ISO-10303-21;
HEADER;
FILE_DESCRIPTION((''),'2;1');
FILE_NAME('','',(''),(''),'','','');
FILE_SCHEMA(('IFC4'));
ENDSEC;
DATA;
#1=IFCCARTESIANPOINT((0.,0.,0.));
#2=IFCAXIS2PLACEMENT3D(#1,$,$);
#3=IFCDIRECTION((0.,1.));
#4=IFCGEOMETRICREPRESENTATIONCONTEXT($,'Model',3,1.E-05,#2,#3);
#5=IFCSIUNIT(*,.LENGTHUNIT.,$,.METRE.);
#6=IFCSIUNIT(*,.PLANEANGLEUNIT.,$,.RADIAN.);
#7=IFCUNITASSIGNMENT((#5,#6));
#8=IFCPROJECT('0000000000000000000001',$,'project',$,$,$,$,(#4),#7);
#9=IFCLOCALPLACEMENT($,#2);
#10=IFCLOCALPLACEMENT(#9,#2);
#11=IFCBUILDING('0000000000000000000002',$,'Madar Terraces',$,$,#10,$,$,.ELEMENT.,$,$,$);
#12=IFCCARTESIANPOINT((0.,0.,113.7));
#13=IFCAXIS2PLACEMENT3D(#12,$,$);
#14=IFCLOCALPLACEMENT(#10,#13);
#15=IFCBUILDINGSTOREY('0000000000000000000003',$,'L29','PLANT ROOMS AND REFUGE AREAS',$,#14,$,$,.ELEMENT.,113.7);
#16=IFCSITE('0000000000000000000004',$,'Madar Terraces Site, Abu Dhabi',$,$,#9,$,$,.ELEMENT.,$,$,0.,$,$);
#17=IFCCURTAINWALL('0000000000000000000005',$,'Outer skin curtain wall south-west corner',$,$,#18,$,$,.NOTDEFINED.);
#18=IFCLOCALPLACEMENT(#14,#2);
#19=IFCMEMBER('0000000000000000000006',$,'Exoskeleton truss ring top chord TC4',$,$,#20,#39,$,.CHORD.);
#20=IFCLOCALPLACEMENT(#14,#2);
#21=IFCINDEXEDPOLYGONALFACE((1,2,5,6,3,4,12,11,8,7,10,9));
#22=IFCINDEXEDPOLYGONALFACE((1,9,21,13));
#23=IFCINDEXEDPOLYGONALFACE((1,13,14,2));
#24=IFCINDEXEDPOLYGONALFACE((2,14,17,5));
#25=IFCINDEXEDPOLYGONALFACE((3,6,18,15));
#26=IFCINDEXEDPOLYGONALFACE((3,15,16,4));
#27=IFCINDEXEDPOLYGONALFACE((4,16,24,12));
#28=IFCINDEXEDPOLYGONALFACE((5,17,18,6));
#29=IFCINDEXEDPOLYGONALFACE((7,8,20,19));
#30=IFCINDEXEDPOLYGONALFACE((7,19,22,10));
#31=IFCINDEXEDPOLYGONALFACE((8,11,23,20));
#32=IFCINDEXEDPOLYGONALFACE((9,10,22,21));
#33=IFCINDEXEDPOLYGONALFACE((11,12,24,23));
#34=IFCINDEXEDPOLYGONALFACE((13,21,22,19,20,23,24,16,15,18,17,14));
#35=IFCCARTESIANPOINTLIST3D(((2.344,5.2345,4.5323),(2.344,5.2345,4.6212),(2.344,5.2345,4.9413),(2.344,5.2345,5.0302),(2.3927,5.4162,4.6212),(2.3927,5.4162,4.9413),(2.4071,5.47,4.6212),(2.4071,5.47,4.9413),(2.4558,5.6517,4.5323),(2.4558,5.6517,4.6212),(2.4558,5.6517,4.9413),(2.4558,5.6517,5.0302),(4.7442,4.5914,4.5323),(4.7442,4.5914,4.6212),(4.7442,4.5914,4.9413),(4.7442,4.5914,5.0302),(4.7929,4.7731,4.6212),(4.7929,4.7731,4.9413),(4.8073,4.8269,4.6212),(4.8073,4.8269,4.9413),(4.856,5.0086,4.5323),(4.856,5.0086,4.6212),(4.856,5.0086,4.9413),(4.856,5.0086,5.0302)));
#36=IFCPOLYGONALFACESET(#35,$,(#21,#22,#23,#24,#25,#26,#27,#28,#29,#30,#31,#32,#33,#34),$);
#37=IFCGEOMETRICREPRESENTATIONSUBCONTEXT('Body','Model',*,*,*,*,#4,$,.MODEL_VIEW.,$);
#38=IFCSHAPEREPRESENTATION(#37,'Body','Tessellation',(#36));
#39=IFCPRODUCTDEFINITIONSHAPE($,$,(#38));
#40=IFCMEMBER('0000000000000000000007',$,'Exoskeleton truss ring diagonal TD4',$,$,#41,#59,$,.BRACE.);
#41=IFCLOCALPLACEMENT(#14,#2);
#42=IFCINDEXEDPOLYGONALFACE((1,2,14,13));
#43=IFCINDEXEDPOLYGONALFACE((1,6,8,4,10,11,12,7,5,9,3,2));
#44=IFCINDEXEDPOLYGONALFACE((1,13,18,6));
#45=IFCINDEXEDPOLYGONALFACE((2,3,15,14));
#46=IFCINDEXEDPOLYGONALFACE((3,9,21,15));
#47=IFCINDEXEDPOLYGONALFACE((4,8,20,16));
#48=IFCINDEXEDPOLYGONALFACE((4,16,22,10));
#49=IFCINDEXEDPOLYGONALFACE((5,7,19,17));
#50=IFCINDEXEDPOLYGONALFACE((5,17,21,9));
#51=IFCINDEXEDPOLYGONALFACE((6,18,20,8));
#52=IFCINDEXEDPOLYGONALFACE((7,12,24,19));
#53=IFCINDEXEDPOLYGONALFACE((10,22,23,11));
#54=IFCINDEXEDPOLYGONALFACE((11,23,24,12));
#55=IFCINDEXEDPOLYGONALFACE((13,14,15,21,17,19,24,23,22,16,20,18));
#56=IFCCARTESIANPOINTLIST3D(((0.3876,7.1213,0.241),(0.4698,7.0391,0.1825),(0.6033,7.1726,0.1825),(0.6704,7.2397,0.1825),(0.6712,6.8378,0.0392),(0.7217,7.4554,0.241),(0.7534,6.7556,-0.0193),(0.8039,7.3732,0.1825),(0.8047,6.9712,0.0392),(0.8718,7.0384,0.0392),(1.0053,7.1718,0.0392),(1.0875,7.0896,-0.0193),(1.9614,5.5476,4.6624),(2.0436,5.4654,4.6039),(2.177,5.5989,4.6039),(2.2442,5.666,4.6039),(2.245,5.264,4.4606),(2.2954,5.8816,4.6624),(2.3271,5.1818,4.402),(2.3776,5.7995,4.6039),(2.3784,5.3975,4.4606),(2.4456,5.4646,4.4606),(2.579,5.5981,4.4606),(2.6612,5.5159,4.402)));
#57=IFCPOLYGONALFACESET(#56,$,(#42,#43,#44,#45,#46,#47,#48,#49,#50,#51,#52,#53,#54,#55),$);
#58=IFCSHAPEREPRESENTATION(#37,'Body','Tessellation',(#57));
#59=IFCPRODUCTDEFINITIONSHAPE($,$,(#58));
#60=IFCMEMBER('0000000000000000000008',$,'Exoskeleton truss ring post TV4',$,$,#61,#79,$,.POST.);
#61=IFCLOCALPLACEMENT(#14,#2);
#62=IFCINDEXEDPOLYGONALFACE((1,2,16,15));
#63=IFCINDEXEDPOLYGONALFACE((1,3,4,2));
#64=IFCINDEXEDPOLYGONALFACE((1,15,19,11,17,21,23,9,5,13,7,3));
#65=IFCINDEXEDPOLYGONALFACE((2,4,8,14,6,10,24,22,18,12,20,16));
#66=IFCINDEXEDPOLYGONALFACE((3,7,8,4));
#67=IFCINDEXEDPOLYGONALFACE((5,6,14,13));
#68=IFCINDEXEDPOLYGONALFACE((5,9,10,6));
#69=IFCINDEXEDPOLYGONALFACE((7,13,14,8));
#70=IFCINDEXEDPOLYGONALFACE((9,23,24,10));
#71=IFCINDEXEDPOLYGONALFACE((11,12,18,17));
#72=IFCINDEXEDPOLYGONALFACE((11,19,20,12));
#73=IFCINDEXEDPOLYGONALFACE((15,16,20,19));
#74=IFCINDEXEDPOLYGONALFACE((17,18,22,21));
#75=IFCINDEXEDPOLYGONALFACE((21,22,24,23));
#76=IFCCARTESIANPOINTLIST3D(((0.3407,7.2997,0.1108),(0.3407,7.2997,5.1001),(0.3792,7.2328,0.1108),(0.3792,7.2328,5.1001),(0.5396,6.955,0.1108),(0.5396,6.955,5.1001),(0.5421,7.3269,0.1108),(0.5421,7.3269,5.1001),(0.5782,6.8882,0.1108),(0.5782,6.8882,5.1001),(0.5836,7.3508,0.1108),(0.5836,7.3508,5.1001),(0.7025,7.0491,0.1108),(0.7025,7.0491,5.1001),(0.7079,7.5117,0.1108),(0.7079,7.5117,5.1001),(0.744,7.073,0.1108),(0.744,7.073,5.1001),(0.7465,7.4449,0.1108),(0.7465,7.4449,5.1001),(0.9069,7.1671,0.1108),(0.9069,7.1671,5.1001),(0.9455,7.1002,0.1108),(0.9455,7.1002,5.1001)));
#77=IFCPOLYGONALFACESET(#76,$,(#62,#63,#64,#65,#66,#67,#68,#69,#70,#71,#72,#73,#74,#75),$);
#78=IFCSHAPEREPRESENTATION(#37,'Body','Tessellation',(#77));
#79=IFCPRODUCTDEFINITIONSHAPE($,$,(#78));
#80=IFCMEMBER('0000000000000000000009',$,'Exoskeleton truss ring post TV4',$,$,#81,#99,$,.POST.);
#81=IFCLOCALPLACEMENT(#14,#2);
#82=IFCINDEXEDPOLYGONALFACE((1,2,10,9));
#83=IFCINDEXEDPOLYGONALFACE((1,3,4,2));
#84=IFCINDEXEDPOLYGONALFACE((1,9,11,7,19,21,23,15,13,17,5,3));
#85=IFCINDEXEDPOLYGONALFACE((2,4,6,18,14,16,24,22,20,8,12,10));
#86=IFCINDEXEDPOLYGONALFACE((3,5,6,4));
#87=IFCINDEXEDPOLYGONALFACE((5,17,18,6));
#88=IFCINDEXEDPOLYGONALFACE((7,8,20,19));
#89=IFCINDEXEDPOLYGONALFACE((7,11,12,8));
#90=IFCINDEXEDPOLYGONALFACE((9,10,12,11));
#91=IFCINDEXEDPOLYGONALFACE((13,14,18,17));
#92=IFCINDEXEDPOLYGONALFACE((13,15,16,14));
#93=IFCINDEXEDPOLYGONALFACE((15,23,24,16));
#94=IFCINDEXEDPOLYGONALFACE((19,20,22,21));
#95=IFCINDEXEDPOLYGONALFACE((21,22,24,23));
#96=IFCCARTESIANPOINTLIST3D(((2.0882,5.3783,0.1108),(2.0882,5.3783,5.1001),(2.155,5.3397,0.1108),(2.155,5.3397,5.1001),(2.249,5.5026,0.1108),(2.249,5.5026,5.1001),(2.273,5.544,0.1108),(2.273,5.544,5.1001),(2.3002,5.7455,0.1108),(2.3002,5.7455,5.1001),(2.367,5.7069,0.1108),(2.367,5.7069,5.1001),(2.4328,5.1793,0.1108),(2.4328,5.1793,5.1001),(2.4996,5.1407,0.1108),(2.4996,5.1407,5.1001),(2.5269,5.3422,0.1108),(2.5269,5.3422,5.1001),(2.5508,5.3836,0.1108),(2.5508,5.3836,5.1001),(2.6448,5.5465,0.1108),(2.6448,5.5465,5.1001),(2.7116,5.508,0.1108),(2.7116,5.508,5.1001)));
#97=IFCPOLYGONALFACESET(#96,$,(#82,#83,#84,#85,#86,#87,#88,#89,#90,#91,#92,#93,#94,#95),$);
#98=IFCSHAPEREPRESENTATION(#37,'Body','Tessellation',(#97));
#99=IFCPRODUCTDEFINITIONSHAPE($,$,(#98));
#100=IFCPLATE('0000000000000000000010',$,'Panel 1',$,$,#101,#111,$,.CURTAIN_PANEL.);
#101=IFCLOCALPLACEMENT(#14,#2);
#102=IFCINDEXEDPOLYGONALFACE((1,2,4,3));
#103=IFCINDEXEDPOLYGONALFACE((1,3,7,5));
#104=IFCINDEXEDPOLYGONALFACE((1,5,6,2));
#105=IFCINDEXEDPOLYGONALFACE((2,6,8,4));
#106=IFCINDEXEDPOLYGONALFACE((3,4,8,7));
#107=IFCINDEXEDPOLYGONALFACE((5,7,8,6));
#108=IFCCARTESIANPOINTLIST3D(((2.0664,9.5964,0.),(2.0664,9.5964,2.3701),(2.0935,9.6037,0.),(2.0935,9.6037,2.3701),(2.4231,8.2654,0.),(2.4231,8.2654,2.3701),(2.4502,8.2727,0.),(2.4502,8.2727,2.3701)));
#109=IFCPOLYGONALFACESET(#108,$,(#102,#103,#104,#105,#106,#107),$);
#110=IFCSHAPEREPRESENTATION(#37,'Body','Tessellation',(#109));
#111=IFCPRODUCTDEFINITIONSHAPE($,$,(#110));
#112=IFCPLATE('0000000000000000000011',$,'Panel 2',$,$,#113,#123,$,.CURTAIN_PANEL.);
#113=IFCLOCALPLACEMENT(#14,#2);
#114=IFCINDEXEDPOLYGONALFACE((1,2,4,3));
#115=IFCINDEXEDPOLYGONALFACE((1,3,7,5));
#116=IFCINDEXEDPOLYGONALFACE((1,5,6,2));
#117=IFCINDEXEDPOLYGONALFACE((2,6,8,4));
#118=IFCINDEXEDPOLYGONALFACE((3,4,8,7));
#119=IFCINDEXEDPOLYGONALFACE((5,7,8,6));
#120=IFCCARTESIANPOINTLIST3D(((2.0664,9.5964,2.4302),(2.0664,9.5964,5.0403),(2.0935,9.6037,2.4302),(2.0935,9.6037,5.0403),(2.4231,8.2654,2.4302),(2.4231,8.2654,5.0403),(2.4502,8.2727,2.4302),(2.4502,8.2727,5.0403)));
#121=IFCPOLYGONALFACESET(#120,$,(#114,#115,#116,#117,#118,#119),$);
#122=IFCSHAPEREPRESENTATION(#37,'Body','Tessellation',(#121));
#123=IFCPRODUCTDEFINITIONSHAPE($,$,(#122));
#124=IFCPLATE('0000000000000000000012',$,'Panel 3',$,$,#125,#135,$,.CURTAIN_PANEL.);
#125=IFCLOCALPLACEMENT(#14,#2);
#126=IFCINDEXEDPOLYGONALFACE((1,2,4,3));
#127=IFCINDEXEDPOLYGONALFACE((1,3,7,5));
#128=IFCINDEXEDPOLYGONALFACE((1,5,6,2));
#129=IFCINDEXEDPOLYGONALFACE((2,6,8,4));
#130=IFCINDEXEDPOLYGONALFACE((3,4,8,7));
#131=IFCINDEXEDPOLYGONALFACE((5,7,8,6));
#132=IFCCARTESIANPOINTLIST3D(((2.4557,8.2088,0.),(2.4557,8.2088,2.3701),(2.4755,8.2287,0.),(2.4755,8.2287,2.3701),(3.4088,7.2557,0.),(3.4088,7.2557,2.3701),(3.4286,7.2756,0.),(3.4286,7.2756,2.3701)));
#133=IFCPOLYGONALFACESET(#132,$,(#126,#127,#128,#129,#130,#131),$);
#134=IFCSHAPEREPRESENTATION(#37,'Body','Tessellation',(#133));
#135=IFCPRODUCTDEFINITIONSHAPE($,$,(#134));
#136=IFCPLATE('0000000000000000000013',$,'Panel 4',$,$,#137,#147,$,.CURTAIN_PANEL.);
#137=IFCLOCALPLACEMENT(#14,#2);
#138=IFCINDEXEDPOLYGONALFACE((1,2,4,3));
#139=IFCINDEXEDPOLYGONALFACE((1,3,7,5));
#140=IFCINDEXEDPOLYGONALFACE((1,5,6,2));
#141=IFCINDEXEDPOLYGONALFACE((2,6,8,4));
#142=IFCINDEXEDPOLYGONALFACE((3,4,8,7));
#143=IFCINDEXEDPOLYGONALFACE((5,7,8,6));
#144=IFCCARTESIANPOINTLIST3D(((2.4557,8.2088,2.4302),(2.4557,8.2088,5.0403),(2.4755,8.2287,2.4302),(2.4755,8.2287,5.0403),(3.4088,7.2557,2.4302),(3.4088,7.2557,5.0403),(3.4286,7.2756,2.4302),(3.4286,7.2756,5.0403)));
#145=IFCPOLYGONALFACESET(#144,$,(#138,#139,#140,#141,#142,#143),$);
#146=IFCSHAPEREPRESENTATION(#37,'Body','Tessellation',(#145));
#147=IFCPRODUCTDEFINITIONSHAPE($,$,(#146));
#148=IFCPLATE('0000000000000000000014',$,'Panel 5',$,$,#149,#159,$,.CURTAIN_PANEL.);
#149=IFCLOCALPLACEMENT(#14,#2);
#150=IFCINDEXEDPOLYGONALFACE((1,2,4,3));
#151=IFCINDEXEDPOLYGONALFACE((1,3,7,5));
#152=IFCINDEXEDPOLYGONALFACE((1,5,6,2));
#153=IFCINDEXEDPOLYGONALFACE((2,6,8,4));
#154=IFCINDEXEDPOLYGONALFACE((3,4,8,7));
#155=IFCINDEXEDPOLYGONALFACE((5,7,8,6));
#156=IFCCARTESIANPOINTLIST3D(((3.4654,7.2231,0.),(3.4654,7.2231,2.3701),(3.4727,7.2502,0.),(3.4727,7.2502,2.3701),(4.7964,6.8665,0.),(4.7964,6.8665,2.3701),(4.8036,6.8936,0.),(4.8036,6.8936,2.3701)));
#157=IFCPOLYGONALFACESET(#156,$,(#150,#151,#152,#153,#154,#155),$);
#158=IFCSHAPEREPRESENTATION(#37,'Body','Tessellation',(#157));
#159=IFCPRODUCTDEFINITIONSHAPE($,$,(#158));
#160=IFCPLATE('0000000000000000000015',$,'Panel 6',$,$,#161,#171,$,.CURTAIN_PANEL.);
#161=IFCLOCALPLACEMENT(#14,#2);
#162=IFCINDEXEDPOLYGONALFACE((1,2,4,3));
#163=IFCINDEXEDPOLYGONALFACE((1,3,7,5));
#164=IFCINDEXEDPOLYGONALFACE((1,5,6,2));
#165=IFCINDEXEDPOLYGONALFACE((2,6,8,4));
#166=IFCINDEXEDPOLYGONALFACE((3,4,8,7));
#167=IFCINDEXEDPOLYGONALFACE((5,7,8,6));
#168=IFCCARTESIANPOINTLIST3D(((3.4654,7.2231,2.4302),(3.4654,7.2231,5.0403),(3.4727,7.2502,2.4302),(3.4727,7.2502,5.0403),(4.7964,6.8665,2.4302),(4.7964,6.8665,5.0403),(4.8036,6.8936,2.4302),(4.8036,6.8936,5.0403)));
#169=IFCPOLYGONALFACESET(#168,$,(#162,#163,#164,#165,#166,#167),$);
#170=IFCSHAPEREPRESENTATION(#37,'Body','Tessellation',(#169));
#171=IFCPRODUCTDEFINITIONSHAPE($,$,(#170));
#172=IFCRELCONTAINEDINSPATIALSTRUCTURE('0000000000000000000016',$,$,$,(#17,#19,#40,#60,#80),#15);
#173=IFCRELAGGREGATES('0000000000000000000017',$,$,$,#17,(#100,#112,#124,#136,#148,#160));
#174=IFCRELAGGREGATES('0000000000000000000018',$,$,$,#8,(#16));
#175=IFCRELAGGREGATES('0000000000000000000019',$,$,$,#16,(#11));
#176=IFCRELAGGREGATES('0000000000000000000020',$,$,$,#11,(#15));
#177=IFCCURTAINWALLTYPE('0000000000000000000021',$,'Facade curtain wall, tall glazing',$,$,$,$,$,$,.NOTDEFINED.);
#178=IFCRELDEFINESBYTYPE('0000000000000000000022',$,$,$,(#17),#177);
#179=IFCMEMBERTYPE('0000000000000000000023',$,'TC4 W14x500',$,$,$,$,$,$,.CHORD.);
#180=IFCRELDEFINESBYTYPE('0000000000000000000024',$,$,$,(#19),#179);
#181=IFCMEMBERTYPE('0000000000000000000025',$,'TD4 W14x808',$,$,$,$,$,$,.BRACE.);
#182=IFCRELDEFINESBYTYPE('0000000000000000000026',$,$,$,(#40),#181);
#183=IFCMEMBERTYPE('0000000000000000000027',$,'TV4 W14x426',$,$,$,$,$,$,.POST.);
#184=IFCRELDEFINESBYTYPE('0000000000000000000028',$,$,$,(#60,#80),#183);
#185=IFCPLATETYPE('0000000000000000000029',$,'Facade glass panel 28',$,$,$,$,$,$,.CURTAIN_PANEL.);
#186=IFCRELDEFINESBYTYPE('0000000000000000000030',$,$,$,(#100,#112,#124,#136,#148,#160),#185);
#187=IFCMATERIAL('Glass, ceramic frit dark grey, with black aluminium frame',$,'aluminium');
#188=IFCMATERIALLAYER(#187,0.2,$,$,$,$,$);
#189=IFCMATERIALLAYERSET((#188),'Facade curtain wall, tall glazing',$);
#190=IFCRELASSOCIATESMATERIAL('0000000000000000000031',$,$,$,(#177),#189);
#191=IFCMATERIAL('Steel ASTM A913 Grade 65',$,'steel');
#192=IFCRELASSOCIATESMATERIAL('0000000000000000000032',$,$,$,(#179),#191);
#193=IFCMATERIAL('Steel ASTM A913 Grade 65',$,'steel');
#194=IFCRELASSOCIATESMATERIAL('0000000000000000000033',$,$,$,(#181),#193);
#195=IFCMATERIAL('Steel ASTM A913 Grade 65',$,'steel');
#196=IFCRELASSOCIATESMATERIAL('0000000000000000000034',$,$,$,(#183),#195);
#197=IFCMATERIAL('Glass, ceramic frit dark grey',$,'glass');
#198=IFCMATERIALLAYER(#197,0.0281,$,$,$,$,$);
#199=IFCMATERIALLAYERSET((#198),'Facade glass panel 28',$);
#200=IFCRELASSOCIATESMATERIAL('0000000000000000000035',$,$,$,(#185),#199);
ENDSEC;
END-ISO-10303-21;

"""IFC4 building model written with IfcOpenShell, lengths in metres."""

from ifc_helpers import new_model, si_unit, direction, frame, origin, origin_2d, place, context, subcontext, project, spatial, rectangle, i_section, extrude, material, layer, layer_set, material_profile, profile_set, type_object, element, aggregate, save


model = new_model("IFC4")

# Units and contexts
model_context = context("Model", 3, precision=1e-05, world=origin(), true_north=direction((0.0, 1.0)))
body_context = subcontext(model_context, "Body", "Model", "MODEL_VIEW")
ifc_project = project(units=[si_unit("LENGTHUNIT", "METRE"), si_unit("PLANEANGLEUNIT", "RADIAN")], contexts=[model_context])

# Site, building, storey
site_placement = place(None, origin())
site = spatial("IfcSite", under=ifc_project, at=site_placement, Name="Madar Terraces Site, Abu Dhabi", CompositionType="ELEMENT", RefElevation=0.0)
building_placement = place(site_placement, origin())
building = spatial("IfcBuilding", under=site, at=building_placement, Name="Madar Terraces", CompositionType="ELEMENT")
storey_placement = place(building_placement, frame((0.0, 0.0, 113.7)))
storey = spatial("IfcBuildingStorey", under=building, at=storey_placement, Name="L29", Description="PLANT ROOMS AND REFUGE AREAS", CompositionType="ELEMENT", Elevation=113.7)

# Curtain wall
ifc_material_1 = material(Name="Glass, ceramic frit dark grey, with black aluminium frame", Category="aluminium")
ifc_layer_1 = layer(ifc_material_1, 0.2)
ifc_layer_set_1 = layer_set([ifc_layer_1], Name="Facade curtain wall, tall glazing")
curtain_wall_type = type_object("IfcCurtainWallType", Name="Facade curtain wall, tall glazing", PredefinedType="NOTDEFINED", material=ifc_layer_set_1)
curtain_wall_1_placement = place(storey_placement, origin())
curtain_wall_1 = element("IfcCurtainWall", 1, at=curtain_wall_1_placement, inside=storey, type_object=curtain_wall_type, Name="Outer skin curtain wall south-west corner", PredefinedType="NOTDEFINED")

# Members
ifc_material_2 = material(Name="Steel ASTM A913 Grade 65", Category="steel")
ifc_material_profile_1 = material_profile(ifc_material_2, i_section(OverallWidth=0.4319, OverallDepth=0.4978, WebThickness=0.0557, FlangeThickness=0.0889, at=origin_2d()), Name="W14x500")
ifc_profile_set_1 = profile_set([ifc_material_profile_1], Name="Steel ASTM A913 Grade 65")
member_type_1 = type_object("IfcMemberType", Name="TC4 W14x500", PredefinedType="CHORD", material=ifc_profile_set_1)
member_1_placement = place(storey_placement, frame((2.3999, 5.4431, 4.7812), z_axis=(0.965931, -0.2588, 0.0), x_axis=(0.2588, 0.965931, 0.0)))
element("IfcMember", 2, at=member_1_placement, inside=storey, type_object=member_type_1, Name="Exoskeleton truss ring top chord TC4", PredefinedType="CHORD", context=body_context, shape_type="SweptSolid", body=[
    extrude(i_section(OverallWidth=0.4319, OverallDepth=0.4978, WebThickness=0.0557, FlangeThickness=0.0889, at=origin_2d()), origin(), (0.0, 0.0, 1.0), 2.4849),
])
ifc_material_3 = material(Name="Steel ASTM A913 Grade 65", Category="steel")
ifc_material_profile_2 = material_profile(ifc_material_3, i_section(OverallWidth=0.4724, OverallDepth=0.5791, WebThickness=0.095, FlangeThickness=0.1301, at=origin_2d()), Name="W14x808")
ifc_profile_set_2 = profile_set([ifc_material_profile_2], Name="Steel ASTM A913 Grade 65")
member_type_2 = type_object("IfcMemberType", Name="TD4 W14x808", PredefinedType="BRACE", material=ifc_profile_set_2)
member_2_placement = place(storey_placement, frame((0.7375, 7.1055, 0.1108), z_axis=(0.317929, -0.317929, 0.89322), x_axis=(0.707107, 0.707107, 0.0)))
element("IfcMember", 3, at=member_2_placement, inside=storey, type_object=member_type_2, Name="Exoskeleton truss ring diagonal TD4", PredefinedType="BRACE", context=body_context, shape_type="SweptSolid", body=[
    extrude(i_section(OverallWidth=0.4724, OverallDepth=0.5791, WebThickness=0.095, FlangeThickness=0.1301, at=origin_2d()), origin(), (0.0, 0.0, 1.0), 4.95),
])
ifc_material_4 = material(Name="Steel ASTM A913 Grade 65", Category="steel")
ifc_material_profile_3 = material_profile(ifc_material_4, i_section(OverallWidth=0.4241, OverallDepth=0.4751, WebThickness=0.0479, FlangeThickness=0.0771, at=origin_2d()), Name="W14x426")
ifc_profile_set_3 = profile_set([ifc_material_profile_3], Name="Steel ASTM A913 Grade 65")
member_type_3 = type_object("IfcMemberType", Name="TV4 W14x426", PredefinedType="POST", material=ifc_profile_set_3)
for number, where, z_axis, x_axis, name in (
    (4, (0.6431, 7.2, 0.1108), (0.0, 0.0, 1.0), (0.866025, 0.5, 0.0), "Exoskeleton truss ring post TV4"),
    (5, (2.3999, 5.4431, 0.1108), (0.0, 0.0, 1.0), (0.5, 0.866025, 0.0), "Exoskeleton truss ring post TV4"),
):
    element("IfcMember", number, at=place(storey_placement, frame(where, z_axis=z_axis, x_axis=x_axis)), inside=storey, type_object=member_type_3, Name=name, PredefinedType="POST", context=body_context, shape_type="SweptSolid", body=[
        extrude(i_section(OverallWidth=0.4241, OverallDepth=0.4751, WebThickness=0.0479, FlangeThickness=0.0771, at=origin_2d()), origin(), (0.0, 0.0, 1.0), 4.9893),
    ])

# Plates
ifc_material_5 = material(Name="Glass, ceramic frit dark grey", Category="glass")
ifc_layer_2 = layer(ifc_material_5, 0.0281)
ifc_layer_set_2 = layer_set([ifc_layer_2], Name="Facade glass panel 28")
plate_type = type_object("IfcPlateType", Name="Facade glass panel 28", PredefinedType="CURTAIN_PANEL", material=ifc_layer_set_2)
plate_1_placement = place(storey_placement, frame((2.2583, 8.9346, 0.0), z_axis=(0.0, 0.0, 1.0), x_axis=(0.258819, -0.965926, 0.0)))
plate_1 = element("IfcPlate", 6, at=plate_1_placement, type_object=plate_type, Name="Panel 1", PredefinedType="CURTAIN_PANEL", context=body_context, shape_type="SweptSolid", body=[
    extrude(rectangle(XDim=1.3779, YDim=0.0281, at=origin_2d()), origin(), (0.0, 0.0, 1.0), 2.3701),
])
plate_2_placement = place(storey_placement, frame((2.2583, 8.9346, 2.4302), z_axis=(0.0, 0.0, 1.0), x_axis=(0.258819, -0.965926, 0.0)))
plate_2 = element("IfcPlate", 7, at=plate_2_placement, type_object=plate_type, Name="Panel 2", PredefinedType="CURTAIN_PANEL", context=body_context, shape_type="SweptSolid", body=[
    extrude(rectangle(XDim=1.3779, YDim=0.0281, at=origin_2d()), origin(), (0.0, 0.0, 1.0), 2.6101),
])
plate_3_placement = place(storey_placement, frame((2.9421, 7.7422, 0.0), z_axis=(0.0, 0.0, 1.0), x_axis=(0.707107, -0.707107, 0.0)))
plate_3 = element("IfcPlate", 8, at=plate_3_placement, type_object=plate_type, Name="Panel 3", PredefinedType="CURTAIN_PANEL", context=body_context, shape_type="SweptSolid", body=[
    extrude(rectangle(XDim=1.3479, YDim=0.0281, at=origin_2d()), origin(), (0.0, 0.0, 1.0), 2.3701),
])
plate_4_placement = place(storey_placement, frame((2.9421, 7.7422, 2.4302), z_axis=(0.0, 0.0, 1.0), x_axis=(0.707107, -0.707107, 0.0)))
plate_4 = element("IfcPlate", 9, at=plate_4_placement, type_object=plate_type, Name="Panel 4", PredefinedType="CURTAIN_PANEL", context=body_context, shape_type="SweptSolid", body=[
    extrude(rectangle(XDim=1.3479, YDim=0.0281, at=origin_2d()), origin(), (0.0, 0.0, 1.0), 2.6101),
])
plate_5_placement = place(storey_placement, frame((4.1345, 7.0583, 0.0), z_axis=(0.0, 0.0, 1.0), x_axis=(0.965926, -0.258819, 0.0)))
plate_5 = element("IfcPlate", 10, at=plate_5_placement, type_object=plate_type, Name="Panel 5", PredefinedType="CURTAIN_PANEL", context=body_context, shape_type="SweptSolid", body=[
    extrude(rectangle(XDim=1.3779, YDim=0.0281, at=origin_2d()), origin(), (0.0, 0.0, 1.0), 2.3701),
])
plate_6_placement = place(storey_placement, frame((4.1345, 7.0583, 2.4302), z_axis=(0.0, 0.0, 1.0), x_axis=(0.965926, -0.258819, 0.0)))
plate_6 = element("IfcPlate", 11, at=plate_6_placement, type_object=plate_type, Name="Panel 6", PredefinedType="CURTAIN_PANEL", context=body_context, shape_type="SweptSolid", body=[
    extrude(rectangle(XDim=1.3779, YDim=0.0281, at=origin_2d()), origin(), (0.0, 0.0, 1.0), 2.6101),
])
aggregate(curtain_wall_1, [plate_1, plate_2, plate_3, plate_4, plate_5, plate_6])

save(model, "model.ifc")
